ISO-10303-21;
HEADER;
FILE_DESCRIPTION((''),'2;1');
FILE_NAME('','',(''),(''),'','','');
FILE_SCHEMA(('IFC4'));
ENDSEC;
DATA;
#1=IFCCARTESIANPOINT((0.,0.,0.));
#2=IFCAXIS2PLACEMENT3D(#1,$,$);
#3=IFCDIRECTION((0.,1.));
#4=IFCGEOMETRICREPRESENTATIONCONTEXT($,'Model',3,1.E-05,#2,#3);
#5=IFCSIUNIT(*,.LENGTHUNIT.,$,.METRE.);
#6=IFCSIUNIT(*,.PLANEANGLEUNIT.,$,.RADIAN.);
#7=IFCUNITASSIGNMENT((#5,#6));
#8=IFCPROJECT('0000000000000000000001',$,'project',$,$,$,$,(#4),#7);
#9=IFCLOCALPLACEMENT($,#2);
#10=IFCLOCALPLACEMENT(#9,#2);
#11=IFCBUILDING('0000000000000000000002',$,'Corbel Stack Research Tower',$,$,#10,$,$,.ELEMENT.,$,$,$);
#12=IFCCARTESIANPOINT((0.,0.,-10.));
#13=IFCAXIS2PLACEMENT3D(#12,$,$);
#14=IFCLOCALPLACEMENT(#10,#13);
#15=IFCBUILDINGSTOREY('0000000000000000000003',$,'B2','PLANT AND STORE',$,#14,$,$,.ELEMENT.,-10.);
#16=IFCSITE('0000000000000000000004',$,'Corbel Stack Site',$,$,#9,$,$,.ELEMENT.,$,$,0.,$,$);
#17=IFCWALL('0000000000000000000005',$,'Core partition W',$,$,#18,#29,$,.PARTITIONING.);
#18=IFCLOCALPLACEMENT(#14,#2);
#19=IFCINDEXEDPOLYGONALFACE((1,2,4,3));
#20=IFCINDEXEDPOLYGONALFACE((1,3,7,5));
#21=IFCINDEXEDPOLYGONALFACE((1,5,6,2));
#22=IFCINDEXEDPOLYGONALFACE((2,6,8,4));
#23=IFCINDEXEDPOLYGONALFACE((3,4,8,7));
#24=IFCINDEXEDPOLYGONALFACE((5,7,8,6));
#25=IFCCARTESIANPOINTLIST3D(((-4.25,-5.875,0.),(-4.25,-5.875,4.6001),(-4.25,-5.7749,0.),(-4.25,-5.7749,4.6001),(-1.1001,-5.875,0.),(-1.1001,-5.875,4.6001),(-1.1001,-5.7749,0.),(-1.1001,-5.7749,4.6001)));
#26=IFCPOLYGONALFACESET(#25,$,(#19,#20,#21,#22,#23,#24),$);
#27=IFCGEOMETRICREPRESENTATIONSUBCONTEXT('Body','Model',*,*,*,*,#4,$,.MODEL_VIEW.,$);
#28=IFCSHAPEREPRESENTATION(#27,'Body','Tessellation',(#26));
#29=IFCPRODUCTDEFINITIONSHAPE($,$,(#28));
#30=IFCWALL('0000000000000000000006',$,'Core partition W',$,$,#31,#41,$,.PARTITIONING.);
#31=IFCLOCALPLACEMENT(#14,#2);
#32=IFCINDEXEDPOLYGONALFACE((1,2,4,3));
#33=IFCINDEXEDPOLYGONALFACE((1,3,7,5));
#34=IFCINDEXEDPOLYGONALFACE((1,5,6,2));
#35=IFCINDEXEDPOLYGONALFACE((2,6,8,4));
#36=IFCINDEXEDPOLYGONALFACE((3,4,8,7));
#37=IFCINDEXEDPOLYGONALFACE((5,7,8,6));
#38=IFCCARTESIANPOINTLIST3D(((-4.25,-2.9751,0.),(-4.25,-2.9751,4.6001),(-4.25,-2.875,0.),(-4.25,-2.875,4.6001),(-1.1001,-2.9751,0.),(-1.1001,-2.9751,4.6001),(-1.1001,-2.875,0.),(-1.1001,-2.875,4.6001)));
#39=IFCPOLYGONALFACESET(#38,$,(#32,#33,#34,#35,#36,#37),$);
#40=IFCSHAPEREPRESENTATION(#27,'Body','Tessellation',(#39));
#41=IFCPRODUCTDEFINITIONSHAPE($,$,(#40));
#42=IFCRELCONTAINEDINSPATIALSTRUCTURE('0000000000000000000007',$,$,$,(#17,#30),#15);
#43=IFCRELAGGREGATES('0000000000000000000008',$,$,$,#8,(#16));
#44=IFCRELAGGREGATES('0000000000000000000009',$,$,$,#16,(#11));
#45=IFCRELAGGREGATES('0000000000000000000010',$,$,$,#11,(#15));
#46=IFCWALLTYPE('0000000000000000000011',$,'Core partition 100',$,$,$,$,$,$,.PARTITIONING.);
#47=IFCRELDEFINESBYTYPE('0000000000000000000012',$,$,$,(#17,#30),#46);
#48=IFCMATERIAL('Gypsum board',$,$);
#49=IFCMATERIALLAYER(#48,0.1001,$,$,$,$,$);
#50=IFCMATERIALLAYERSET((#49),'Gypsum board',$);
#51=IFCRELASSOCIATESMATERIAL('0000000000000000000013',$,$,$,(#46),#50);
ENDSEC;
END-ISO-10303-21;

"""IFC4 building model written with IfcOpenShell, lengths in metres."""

from ifc_helpers import new_model, si_unit, direction, frame, frame_2d, origin, place, context, subcontext, project, spatial, rectangle, extrude, material, layer, layer_set, type_object, element, save


model = new_model("IFC4")

# Units and contexts
model_context = context("Model", 3, precision=1e-05, world=origin(), true_north=direction((0.0, 1.0)))
body_context = subcontext(model_context, "Body", "Model", "MODEL_VIEW")
ifc_project = project(units=[si_unit("LENGTHUNIT", "METRE"), si_unit("PLANEANGLEUNIT", "RADIAN")], contexts=[model_context])

# Site, building, storey
site_placement = place(None, origin())
site = spatial("IfcSite", under=ifc_project, at=site_placement, Name="Corbel Stack Site", CompositionType="ELEMENT", RefElevation=0.0)
building_placement = place(site_placement, origin())
building = spatial("IfcBuilding", under=site, at=building_placement, Name="Corbel Stack Research Tower", CompositionType="ELEMENT")
storey_placement = place(building_placement, frame((0.0, 0.0, -10.0)))
storey = spatial("IfcBuildingStorey", under=building, at=storey_placement, Name="B2", Description="PLANT AND STORE", CompositionType="ELEMENT", Elevation=-10.0)

# Shared definitions
ifc_material_1 = material(Name="Gypsum board")
ifc_layer_1 = layer(ifc_material_1, 0.1001)
ifc_layer_set_1 = layer_set([ifc_layer_1], Name="Gypsum board")
wall_type_1 = type_object("IfcWallType", Name="Core partition 100", PredefinedType="PARTITIONING", material=ifc_layer_set_1)

# Walls
for number, where, z_axis, x_axis, name in (
    (1, (-4.25, -5.825, 0.0), (0.0, 0.0, 1.0), (1.0, 0.0, 0.0), "Core partition W"),
    (2, (-4.25, -2.925, 0.0), (0.0, 0.0, 1.0), (1.0, 0.0, 0.0), "Core partition W"),
):
    element("IfcWall", number, at=place(storey_placement, frame(where, z_axis=z_axis, x_axis=x_axis)), inside=storey, type_object=wall_type_1, Name=name, PredefinedType="PARTITIONING", context=body_context, shape_type="SweptSolid", body=[
        extrude(rectangle(XDim=3.1499, YDim=0.1001, at=frame_2d((1.575, 0.0))), origin(), (0.0, 0.0, 1.0), 4.6001),
    ])

save(model, "model.ifc")
